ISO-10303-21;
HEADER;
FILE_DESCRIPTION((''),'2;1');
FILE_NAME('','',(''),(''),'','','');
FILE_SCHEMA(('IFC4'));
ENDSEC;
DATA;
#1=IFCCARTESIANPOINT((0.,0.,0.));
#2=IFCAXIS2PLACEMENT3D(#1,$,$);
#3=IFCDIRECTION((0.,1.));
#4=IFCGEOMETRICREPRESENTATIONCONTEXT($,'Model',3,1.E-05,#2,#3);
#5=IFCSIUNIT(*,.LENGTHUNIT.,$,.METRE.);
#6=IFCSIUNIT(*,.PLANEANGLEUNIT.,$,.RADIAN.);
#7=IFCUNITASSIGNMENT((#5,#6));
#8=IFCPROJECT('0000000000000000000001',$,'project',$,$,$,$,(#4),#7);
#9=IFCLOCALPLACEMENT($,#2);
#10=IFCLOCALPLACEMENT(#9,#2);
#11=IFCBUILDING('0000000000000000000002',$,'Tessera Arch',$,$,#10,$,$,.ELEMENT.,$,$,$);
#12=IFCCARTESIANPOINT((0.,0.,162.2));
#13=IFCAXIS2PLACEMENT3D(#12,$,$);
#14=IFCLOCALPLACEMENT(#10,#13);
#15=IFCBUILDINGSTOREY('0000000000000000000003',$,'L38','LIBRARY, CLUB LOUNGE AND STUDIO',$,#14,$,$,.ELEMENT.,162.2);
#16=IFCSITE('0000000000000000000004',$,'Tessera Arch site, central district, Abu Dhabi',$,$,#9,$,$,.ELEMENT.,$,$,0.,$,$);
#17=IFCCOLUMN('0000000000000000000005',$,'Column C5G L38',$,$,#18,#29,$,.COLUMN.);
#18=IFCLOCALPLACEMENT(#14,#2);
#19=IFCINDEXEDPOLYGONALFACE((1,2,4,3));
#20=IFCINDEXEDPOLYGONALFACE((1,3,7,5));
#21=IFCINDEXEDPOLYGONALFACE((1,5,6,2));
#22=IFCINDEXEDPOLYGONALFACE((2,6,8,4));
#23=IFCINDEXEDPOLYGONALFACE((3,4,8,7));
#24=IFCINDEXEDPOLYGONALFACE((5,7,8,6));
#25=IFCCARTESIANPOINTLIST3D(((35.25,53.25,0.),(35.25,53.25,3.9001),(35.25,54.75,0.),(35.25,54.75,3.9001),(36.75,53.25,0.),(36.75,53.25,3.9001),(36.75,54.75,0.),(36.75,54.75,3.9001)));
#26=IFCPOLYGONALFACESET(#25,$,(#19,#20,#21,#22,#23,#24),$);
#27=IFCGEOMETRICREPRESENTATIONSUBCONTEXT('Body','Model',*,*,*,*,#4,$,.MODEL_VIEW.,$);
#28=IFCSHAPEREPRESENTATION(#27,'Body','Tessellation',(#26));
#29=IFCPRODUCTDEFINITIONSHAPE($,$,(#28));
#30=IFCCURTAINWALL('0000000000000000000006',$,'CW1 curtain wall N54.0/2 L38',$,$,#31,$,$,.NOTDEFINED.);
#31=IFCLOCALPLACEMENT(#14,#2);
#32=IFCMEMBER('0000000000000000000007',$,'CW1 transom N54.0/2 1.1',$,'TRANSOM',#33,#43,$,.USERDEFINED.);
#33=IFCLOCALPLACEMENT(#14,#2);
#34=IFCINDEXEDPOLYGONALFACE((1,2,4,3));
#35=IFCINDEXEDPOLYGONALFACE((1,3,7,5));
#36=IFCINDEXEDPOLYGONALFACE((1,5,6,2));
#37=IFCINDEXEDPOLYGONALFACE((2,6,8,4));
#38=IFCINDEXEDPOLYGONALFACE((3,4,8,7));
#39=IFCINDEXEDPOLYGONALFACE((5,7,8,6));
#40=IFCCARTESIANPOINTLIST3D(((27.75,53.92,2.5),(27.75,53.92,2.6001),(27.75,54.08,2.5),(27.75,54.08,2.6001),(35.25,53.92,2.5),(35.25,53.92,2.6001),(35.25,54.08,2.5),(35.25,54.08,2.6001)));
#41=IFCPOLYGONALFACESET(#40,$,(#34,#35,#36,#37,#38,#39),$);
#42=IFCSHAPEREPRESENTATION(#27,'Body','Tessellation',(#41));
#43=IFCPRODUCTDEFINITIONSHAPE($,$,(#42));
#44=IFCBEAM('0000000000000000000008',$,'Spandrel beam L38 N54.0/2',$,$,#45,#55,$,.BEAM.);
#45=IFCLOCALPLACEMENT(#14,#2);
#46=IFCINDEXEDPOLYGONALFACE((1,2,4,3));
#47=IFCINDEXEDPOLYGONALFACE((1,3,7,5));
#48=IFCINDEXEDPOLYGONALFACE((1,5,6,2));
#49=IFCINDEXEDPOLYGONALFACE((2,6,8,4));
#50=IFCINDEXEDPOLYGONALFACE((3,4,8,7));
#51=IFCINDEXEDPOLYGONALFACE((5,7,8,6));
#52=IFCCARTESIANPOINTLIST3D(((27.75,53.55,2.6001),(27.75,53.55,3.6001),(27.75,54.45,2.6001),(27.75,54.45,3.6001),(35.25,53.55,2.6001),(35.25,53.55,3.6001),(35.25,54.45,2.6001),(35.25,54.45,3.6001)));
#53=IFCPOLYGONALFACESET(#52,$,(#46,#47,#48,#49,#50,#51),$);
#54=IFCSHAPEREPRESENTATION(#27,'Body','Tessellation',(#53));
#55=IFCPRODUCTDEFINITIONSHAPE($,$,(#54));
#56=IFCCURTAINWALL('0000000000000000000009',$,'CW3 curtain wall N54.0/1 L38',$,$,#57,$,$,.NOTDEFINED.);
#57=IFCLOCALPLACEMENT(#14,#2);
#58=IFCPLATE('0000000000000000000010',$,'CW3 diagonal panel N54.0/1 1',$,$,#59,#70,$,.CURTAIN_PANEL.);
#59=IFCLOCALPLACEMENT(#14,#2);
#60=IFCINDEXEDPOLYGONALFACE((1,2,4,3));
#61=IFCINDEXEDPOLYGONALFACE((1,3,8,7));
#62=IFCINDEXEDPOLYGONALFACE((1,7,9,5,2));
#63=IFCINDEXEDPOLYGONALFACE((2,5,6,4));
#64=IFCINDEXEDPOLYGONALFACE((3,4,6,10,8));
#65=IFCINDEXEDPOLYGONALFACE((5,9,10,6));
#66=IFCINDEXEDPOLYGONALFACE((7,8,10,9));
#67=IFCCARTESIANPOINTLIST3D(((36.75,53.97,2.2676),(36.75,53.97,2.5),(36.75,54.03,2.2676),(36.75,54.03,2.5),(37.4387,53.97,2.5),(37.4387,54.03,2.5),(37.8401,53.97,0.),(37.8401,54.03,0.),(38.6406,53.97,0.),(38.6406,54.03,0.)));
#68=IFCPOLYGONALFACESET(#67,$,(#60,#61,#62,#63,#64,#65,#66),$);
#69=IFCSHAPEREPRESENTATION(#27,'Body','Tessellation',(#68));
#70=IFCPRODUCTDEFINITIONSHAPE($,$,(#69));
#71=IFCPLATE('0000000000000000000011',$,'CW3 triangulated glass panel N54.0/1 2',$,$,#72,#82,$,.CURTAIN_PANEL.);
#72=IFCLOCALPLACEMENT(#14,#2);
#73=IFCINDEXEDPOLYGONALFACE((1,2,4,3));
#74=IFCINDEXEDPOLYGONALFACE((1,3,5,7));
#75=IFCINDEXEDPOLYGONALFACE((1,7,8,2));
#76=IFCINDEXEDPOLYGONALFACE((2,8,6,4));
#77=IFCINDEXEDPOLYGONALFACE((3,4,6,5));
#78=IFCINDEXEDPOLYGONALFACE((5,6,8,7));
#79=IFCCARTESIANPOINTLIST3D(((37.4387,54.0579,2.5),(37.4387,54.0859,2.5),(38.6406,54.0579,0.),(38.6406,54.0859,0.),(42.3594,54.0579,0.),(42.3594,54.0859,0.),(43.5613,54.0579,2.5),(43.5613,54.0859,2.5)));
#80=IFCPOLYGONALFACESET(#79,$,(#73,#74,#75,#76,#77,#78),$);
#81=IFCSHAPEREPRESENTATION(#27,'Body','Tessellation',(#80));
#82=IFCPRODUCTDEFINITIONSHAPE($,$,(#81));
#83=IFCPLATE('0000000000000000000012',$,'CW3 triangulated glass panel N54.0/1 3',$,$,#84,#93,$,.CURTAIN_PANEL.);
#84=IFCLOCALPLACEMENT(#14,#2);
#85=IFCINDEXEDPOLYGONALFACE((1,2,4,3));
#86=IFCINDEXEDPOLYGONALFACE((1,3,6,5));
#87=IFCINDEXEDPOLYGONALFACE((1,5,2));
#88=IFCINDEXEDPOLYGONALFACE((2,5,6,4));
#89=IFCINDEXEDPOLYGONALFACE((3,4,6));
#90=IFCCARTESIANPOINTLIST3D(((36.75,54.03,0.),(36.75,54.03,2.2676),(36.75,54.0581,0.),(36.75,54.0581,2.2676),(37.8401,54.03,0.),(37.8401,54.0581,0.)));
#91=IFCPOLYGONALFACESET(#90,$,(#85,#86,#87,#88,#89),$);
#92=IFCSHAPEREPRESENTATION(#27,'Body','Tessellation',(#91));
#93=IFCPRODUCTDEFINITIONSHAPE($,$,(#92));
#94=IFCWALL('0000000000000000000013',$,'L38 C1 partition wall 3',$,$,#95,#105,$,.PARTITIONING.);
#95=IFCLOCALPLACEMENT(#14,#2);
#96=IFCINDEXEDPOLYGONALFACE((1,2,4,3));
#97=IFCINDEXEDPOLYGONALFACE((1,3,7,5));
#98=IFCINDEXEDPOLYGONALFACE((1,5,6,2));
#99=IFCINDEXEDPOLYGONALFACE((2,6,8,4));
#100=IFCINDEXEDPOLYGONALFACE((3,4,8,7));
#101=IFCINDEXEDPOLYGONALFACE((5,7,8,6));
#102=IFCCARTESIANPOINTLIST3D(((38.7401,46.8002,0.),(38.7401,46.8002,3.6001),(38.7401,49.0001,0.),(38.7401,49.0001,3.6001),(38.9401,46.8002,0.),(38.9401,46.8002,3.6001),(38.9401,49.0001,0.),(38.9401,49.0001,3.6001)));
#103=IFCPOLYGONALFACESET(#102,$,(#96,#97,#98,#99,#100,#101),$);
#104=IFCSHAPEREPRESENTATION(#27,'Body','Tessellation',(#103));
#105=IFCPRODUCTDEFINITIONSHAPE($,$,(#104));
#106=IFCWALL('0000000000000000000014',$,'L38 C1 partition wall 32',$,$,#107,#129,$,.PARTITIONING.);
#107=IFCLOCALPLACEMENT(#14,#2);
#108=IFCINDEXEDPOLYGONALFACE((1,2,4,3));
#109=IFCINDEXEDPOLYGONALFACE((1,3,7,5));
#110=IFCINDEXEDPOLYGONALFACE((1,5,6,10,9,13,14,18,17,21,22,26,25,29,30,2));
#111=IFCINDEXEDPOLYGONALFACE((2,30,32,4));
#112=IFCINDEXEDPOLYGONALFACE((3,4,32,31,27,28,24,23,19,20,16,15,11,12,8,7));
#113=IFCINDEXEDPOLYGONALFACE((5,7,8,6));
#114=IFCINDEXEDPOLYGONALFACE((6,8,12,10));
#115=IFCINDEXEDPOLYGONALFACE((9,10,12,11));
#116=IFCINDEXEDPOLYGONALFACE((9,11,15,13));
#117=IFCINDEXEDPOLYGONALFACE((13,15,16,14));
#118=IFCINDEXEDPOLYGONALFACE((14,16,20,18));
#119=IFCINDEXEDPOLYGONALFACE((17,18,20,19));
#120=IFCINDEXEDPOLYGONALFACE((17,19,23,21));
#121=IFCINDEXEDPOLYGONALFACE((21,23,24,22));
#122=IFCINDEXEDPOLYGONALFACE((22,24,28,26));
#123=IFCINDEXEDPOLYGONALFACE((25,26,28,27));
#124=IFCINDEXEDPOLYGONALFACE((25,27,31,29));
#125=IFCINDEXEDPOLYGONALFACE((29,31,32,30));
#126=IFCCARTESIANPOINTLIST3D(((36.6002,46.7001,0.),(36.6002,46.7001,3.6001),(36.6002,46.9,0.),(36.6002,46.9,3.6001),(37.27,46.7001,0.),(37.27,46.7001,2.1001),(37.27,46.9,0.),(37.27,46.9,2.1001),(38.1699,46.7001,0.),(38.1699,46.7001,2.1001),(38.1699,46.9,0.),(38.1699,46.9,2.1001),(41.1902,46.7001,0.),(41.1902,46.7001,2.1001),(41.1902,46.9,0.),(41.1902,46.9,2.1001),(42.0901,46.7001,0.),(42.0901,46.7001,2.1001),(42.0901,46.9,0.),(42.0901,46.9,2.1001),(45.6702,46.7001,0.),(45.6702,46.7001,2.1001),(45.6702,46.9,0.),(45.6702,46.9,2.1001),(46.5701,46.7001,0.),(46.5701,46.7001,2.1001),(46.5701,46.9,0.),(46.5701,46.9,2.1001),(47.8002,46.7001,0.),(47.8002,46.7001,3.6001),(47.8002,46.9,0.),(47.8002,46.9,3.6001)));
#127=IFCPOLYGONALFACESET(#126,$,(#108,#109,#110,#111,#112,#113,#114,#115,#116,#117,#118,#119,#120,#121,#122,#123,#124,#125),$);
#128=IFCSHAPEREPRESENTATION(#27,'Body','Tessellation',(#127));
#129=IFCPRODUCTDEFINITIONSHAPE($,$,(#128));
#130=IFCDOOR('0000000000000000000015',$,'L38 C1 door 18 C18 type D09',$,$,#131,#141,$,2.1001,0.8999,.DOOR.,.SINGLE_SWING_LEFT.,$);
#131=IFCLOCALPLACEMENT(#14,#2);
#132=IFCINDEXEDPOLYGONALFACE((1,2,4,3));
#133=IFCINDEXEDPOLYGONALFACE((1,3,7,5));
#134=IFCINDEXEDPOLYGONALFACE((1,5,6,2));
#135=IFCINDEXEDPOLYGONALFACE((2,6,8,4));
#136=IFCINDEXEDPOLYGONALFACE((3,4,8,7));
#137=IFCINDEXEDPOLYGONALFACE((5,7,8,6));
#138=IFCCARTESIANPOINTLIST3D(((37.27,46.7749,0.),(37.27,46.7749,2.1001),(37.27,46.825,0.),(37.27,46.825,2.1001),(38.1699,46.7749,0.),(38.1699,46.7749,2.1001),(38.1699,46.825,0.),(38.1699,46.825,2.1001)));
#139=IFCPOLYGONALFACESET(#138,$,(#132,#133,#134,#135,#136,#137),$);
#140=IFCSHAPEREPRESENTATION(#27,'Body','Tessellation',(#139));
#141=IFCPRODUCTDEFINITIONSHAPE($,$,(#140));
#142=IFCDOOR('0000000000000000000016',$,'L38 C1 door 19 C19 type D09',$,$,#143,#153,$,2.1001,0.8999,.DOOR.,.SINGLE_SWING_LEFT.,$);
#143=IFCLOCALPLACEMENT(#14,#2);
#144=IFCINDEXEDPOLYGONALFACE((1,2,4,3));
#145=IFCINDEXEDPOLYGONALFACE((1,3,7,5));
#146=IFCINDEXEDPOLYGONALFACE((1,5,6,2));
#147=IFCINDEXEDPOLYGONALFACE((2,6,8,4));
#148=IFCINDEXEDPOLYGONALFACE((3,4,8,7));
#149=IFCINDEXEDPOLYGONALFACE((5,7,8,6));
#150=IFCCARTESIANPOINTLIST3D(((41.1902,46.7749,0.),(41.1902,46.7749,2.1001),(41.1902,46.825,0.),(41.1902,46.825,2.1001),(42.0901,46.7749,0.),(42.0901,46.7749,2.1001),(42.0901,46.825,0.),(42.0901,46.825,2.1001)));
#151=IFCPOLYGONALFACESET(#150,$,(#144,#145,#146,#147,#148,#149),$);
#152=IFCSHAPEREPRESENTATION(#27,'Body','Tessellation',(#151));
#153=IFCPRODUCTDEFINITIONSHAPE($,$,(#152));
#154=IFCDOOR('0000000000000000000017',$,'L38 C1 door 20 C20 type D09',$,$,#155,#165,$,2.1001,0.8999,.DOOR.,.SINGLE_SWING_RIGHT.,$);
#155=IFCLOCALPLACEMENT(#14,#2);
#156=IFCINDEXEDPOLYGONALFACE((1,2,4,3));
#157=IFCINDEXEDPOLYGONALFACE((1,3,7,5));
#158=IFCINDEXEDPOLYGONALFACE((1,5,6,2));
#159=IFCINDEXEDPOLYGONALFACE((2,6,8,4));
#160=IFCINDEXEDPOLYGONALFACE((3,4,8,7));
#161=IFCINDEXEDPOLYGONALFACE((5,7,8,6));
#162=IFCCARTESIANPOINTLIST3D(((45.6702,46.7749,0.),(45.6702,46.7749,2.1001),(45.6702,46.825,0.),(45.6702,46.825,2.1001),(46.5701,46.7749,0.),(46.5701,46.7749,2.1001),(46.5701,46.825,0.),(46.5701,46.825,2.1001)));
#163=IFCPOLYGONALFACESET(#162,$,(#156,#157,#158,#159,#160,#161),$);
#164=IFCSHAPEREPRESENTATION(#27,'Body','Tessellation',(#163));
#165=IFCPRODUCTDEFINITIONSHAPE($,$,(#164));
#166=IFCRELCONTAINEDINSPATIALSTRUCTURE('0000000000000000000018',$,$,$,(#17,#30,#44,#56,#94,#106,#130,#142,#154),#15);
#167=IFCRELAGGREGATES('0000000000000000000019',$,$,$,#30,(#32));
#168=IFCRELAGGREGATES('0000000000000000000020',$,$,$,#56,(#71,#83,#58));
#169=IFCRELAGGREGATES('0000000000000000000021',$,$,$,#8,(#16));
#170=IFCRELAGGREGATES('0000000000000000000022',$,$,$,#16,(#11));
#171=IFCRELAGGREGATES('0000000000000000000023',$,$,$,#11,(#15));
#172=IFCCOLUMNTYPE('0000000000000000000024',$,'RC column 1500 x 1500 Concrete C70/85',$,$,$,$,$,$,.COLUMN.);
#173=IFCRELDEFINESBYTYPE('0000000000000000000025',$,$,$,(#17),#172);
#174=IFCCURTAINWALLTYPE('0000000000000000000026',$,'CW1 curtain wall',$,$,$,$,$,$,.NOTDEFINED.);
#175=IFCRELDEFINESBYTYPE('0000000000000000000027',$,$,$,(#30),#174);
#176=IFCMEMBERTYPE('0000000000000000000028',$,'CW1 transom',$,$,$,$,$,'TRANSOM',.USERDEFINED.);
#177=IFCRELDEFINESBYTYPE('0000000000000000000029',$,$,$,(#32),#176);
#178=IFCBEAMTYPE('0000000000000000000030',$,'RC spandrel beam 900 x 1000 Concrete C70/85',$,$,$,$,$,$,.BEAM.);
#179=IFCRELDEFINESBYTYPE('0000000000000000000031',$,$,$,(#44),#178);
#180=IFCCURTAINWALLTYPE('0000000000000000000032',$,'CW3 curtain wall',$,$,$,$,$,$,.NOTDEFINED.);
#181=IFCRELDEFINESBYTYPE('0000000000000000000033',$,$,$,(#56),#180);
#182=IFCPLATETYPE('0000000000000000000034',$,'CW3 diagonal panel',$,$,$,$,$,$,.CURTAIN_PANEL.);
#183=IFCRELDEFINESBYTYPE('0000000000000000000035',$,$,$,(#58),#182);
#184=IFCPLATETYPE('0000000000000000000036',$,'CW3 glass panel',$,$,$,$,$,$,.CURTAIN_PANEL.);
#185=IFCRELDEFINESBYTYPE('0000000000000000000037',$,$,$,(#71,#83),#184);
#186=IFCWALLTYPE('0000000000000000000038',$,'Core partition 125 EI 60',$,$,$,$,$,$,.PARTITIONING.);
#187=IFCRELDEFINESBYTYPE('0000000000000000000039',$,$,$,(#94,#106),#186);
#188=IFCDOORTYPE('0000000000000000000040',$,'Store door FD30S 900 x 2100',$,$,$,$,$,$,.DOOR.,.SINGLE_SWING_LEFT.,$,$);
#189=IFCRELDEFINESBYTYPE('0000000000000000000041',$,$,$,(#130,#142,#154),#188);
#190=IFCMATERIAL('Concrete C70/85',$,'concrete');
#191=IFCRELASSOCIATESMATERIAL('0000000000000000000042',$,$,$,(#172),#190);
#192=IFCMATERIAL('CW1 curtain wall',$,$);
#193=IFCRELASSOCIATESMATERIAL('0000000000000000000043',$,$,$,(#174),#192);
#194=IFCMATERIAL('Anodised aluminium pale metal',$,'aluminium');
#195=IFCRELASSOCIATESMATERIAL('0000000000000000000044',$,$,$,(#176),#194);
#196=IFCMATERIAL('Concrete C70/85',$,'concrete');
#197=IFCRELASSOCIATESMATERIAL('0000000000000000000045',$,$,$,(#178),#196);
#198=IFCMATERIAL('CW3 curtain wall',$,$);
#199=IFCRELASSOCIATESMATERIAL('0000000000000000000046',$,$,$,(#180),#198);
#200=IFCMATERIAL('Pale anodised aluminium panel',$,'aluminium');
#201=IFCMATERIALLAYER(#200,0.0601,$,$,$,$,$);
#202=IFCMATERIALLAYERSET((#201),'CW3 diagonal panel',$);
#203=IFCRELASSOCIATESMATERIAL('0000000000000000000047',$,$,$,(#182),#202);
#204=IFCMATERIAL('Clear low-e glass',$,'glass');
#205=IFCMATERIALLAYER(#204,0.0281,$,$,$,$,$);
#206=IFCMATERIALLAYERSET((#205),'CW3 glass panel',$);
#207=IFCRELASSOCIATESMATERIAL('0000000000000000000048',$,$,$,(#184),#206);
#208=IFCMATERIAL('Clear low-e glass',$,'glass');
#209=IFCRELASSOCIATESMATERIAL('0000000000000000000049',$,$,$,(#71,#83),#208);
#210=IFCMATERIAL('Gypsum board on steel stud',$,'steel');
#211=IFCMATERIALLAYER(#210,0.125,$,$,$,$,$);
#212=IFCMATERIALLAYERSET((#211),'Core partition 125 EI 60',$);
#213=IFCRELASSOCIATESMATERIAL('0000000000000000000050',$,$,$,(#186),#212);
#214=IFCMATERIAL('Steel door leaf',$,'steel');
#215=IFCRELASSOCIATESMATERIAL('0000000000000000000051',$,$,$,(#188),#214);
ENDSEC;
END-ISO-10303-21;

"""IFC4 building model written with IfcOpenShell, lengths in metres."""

from ifc_helpers import new_model, si_unit, direction, frame, frame_2d, origin, origin_2d, place, context, subcontext, project, spatial, polyline, rectangle, outline, extrude, material, layer, layer_set, material_profile, profile_set, type_object, element, fill, aggregate, save


model = new_model("IFC4")

# Units and contexts
model_context = context("Model", 3, precision=1e-05, world=origin(), true_north=direction((0.0, 1.0)))
body_context = subcontext(model_context, "Body", "Model", "MODEL_VIEW")
ifc_project = project(units=[si_unit("LENGTHUNIT", "METRE"), si_unit("PLANEANGLEUNIT", "RADIAN")], contexts=[model_context])

# Site, building, storey
site_placement = place(None, origin())
site = spatial("IfcSite", under=ifc_project, at=site_placement, Name="Tessera Arch site, central district, Abu Dhabi", CompositionType="ELEMENT", RefElevation=0.0)
building_placement = place(site_placement, origin())
building = spatial("IfcBuilding", under=site, at=building_placement, Name="Tessera Arch", CompositionType="ELEMENT")
storey_placement = place(building_placement, frame((0.0, 0.0, 162.2)))
storey = spatial("IfcBuildingStorey", under=building, at=storey_placement, Name="L38", Description="LIBRARY, CLUB LOUNGE AND STUDIO", CompositionType="ELEMENT", Elevation=162.2)

# Column
ifc_material_1 = material(Name="Concrete C70/85", Category="concrete")
ifc_material_profile_1 = material_profile(ifc_material_1, rectangle(XDim=1.5, YDim=1.5, at=origin_2d()), Name="RC column 1500 x 1500 Concrete C70/85")
ifc_profile_set_1 = profile_set([ifc_material_profile_1], Name="Concrete C70/85")
column_type = type_object("IfcColumnType", Name="RC column 1500 x 1500 Concrete C70/85", PredefinedType="COLUMN", material=ifc_profile_set_1)
column_placement = place(storey_placement, frame((36.0, 54.0, 0.0), z_axis=(0.0, 0.0, 1.0), x_axis=(1.0, 0.0, 0.0)))
element("IfcColumn", 1, at=column_placement, inside=storey, type_object=column_type, Name="Column C5G L38", PredefinedType="COLUMN", context=body_context, shape_type="SweptSolid", body=[
    extrude(rectangle(XDim=1.5, YDim=1.5, at=origin_2d()), origin(), (0.0, 0.0, 1.0), 3.9001),
])

# Curtain wall, member
ifc_material_2 = material(Name="CW1 curtain wall")
curtain_wall_type_1 = type_object("IfcCurtainWallType", Name="CW1 curtain wall", PredefinedType="NOTDEFINED", material=ifc_material_2)
curtain_wall_1_placement = place(storey_placement, origin())
curtain_wall_1 = element("IfcCurtainWall", 2, at=curtain_wall_1_placement, inside=storey, type_object=curtain_wall_type_1, Name="CW1 curtain wall N54.0/2 L38", PredefinedType="NOTDEFINED")
ifc_material_3 = material(Name="Anodised aluminium pale metal", Category="aluminium")
ifc_material_profile_2 = material_profile(ifc_material_3, rectangle(XDim=0.1599, YDim=0.1001, at=origin_2d()), Name="AL 160x100")
ifc_profile_set_2 = profile_set([ifc_material_profile_2], Name="Anodised aluminium pale metal")
member_type = type_object("IfcMemberType", Name="CW1 transom", ElementType="TRANSOM", PredefinedType="USERDEFINED", material=ifc_profile_set_2)
member_placement = place(storey_placement, frame((35.25, 54.0, 2.55), z_axis=(-1.0, 0.0, 0.0), x_axis=(0.0, -1.0, 0.0)))
member = element("IfcMember", 3, at=member_placement, type_object=member_type, Name="CW1 transom N54.0/2 1.1", ObjectType="TRANSOM", PredefinedType="USERDEFINED", context=body_context, shape_type="SweptSolid", body=[
    extrude(rectangle(XDim=0.1599, YDim=0.1001, at=origin_2d()), origin(), (0.0, 0.0, 1.0), 7.5),
])
aggregate(curtain_wall_1, [member])

# Beam
ifc_material_4 = material(Name="Concrete C70/85", Category="concrete")
ifc_material_profile_3 = material_profile(ifc_material_4, rectangle(XDim=0.8999, YDim=1.0, at=origin_2d()), Name="RC spandrel beam 900 x 1000 Concrete C70/85")
ifc_profile_set_3 = profile_set([ifc_material_profile_3], Name="Concrete C70/85")
beam_type = type_object("IfcBeamType", Name="RC spandrel beam 900 x 1000 Concrete C70/85", PredefinedType="BEAM", material=ifc_profile_set_3)
beam_placement = place(storey_placement, frame((35.25, 54.0, 3.1001), z_axis=(-1.0, 0.0, 0.0), x_axis=(0.0, -1.0, 0.0)))
element("IfcBeam", 4, at=beam_placement, inside=storey, type_object=beam_type, Name="Spandrel beam L38 N54.0/2", PredefinedType="BEAM", context=body_context, shape_type="SweptSolid", body=[
    extrude(rectangle(XDim=0.8999, YDim=1.0, at=origin_2d()), origin(), (0.0, 0.0, 1.0), 7.5),
])

# Curtain wall, plates
ifc_material_5 = material(Name="CW3 curtain wall")
curtain_wall_type_2 = type_object("IfcCurtainWallType", Name="CW3 curtain wall", PredefinedType="NOTDEFINED", material=ifc_material_5)
curtain_wall_2_placement = place(storey_placement, origin())
curtain_wall_2 = element("IfcCurtainWall", 5, at=curtain_wall_2_placement, inside=storey, type_object=curtain_wall_type_2, Name="CW3 curtain wall N54.0/1 L38", PredefinedType="NOTDEFINED")
ifc_material_6 = material(Name="Pale anodised aluminium panel", Category="aluminium")
ifc_layer_1 = layer(ifc_material_6, 0.0601)
ifc_layer_set_1 = layer_set([ifc_layer_1], Name="CW3 diagonal panel")
plate_type_1 = type_object("IfcPlateType", Name="CW3 diagonal panel", PredefinedType="CURTAIN_PANEL", material=ifc_layer_set_1)
plate_1_placement = place(storey_placement, frame((36.75, 54.03, 2.5), z_axis=(0.0, 1.0, 0.0), x_axis=(1.0, 0.0, 0.0)))
plate_1 = element("IfcPlate", 6, at=plate_1_placement, type_object=plate_type_1, Name="CW3 diagonal panel N54.0/1 1", PredefinedType="CURTAIN_PANEL", context=body_context, shape_type="SweptSolid", body=[
    extrude(outline(polyline([(0.0, 0.0), (0.6887, 0.0), (1.8906, 2.5), (1.0901, 2.5), (0.0, 0.2324), (0.0, 0.0)])), origin(), (0.0, 0.0, -1.0), 0.0601),
])
ifc_material_7 = material(Name="Clear low-e glass", Category="glass")
ifc_material_8 = material(Name="Clear low-e glass", Category="glass")
ifc_layer_2 = layer(ifc_material_8, 0.0281)
ifc_layer_set_2 = layer_set([ifc_layer_2], Name="CW3 glass panel")
plate_type_2 = type_object("IfcPlateType", Name="CW3 glass panel", PredefinedType="CURTAIN_PANEL", material=ifc_layer_set_2)
plate_2_placement = place(storey_placement, frame((37.4387, 54.0859, 2.5), z_axis=(0.0, 1.0, 0.0), x_axis=(1.0, 0.0, 0.0)))
plate_2 = element("IfcPlate", 7, at=plate_2_placement, type_object=plate_type_2, material=ifc_material_7, Name="CW3 triangulated glass panel N54.0/1 2", PredefinedType="CURTAIN_PANEL", context=body_context, shape_type="SweptSolid", body=[
    extrude(outline(polyline([(0.0, 0.0), (6.1226, 0.0), (4.9207, 2.5), (1.2019, 2.5), (0.0, 0.0)])), origin(), (0.0, 0.0, -1.0), 0.0281),
])
plate_3_placement = place(storey_placement, frame((36.75, 54.0581, 0.0), z_axis=(0.0, 1.0, 0.0), x_axis=(0.0, 0.0, 1.0)))
plate_3 = element("IfcPlate", 8, at=plate_3_placement, type_object=plate_type_2, material=ifc_material_7, Name="CW3 triangulated glass panel N54.0/1 3", PredefinedType="CURTAIN_PANEL", context=body_context, shape_type="SweptSolid", body=[
    extrude(outline(polyline([(0.0, 0.0), (2.2676, 0.0), (0.0, 1.0901), (0.0, 0.0)])), origin(), (0.0, 0.0, -1.0), 0.0281),
])
aggregate(curtain_wall_2, [plate_2, plate_3, plate_1])

# Wall
ifc_material_9 = material(Name="Gypsum board on steel stud", Category="steel")
ifc_layer_3 = layer(ifc_material_9, 0.125)
ifc_layer_set_3 = layer_set([ifc_layer_3], Name="Core partition 125 EI 60")
wall_type_1 = type_object("IfcWallType", Name="Core partition 125 EI 60", PredefinedType="PARTITIONING", material=ifc_layer_set_3)
wall_1_placement = place(storey_placement, frame((38.8401, 46.8, 0.0), z_axis=(0.0, 0.0, 1.0), x_axis=(0.0, 1.0, 0.0)))
element("IfcWall", 9, at=wall_1_placement, inside=storey, type_object=wall_type_1, Name="L38 C1 partition wall 3", PredefinedType="PARTITIONING", context=body_context, shape_type="SweptSolid", body=[
    extrude(rectangle(XDim=2.2, YDim=0.2, at=frame_2d((1.1001, 0.0))), origin(), (0.0, 0.0, 1.0), 3.6001),
])

# Wall, openings, doors
wall_2_placement = place(storey_placement, frame((36.6001, 46.8, 0.0), z_axis=(0.0, 0.0, 1.0), x_axis=(1.0, 0.0, 0.0)))
wall_2 = element("IfcWall", 10, at=wall_2_placement, inside=storey, type_object=wall_type_1, Name="L38 C1 partition wall 32", PredefinedType="PARTITIONING", context=body_context, shape_type="SweptSolid", body=[
    extrude(rectangle(XDim=11.2, YDim=0.2, at=frame_2d((5.6001, 0.0))), origin(), (0.0, 0.0, 1.0), 3.6001),
])
opening_1_placement = place(wall_2_placement, frame((0.6699, 0.0, 0.0)))
opening_1 = element("IfcOpeningElement", 11, at=opening_1_placement, cuts=wall_2, PredefinedType="OPENING", context=body_context, shape_type="SweptSolid", body=[
    extrude(rectangle(XDim=0.8999, YDim=2.1001, at=frame_2d((0.45, 1.05))), frame((0.0, 0.1099, 0.0), z_axis=(0.0, -1.0, 0.0), x_axis=(1.0, 0.0, 0.0)), (0.0, 0.0, 1.0), 0.22),
])
opening_2_placement = place(wall_2_placement, frame((4.5901, 0.0, 0.0)))
opening_2 = element("IfcOpeningElement", 12, at=opening_2_placement, cuts=wall_2, PredefinedType="OPENING", context=body_context, shape_type="SweptSolid", body=[
    extrude(rectangle(XDim=0.8999, YDim=2.1001, at=frame_2d((0.45, 1.05))), frame((0.0, 0.1099, 0.0), z_axis=(0.0, -1.0, 0.0), x_axis=(1.0, 0.0, 0.0)), (0.0, 0.0, 1.0), 0.22),
])
opening_3_placement = place(wall_2_placement, frame((9.0701, 0.0, 0.0)))
opening_3 = element("IfcOpeningElement", 13, at=opening_3_placement, cuts=wall_2, PredefinedType="OPENING", context=body_context, shape_type="SweptSolid", body=[
    extrude(rectangle(XDim=0.8999, YDim=2.1001, at=frame_2d((0.45, 1.05))), frame((0.0, 0.1099, 0.0), z_axis=(0.0, -1.0, 0.0), x_axis=(1.0, 0.0, 0.0)), (0.0, 0.0, 1.0), 0.22),
])
ifc_material_10 = material(Name="Steel door leaf", Category="steel")
door_type_1 = type_object("IfcDoorType", Name="Store door FD30S 900 x 2100", OperationType="SINGLE_SWING_LEFT", PredefinedType="DOOR", material=ifc_material_10)
door_1_placement = place(opening_1_placement, origin())
door_1 = element("IfcDoor", 14, at=door_1_placement, inside=storey, type_object=door_type_1, Name="L38 C1 door 18 C18 type D09", OperationType="SINGLE_SWING_LEFT", OverallHeight=2.1001, OverallWidth=0.8999, PredefinedType="DOOR", context=body_context, shape_type="SweptSolid", body=[
    extrude(rectangle(XDim=0.8999, YDim=2.1001, at=frame_2d((0.45, 1.05))), frame((0.0, 0.0249, 0.0), z_axis=(0.0, -1.0, 0.0), x_axis=(1.0, 0.0, 0.0)), (0.0, 0.0, 1.0), 0.05),
])
fill(opening_1, door_1)
door_2_placement = place(opening_2_placement, origin())
door_2 = element("IfcDoor", 15, at=door_2_placement, inside=storey, type_object=door_type_1, Name="L38 C1 door 19 C19 type D09", OperationType="SINGLE_SWING_LEFT", OverallHeight=2.1001, OverallWidth=0.8999, PredefinedType="DOOR", context=body_context, shape_type="SweptSolid", body=[
    extrude(rectangle(XDim=0.8999, YDim=2.1001, at=frame_2d((0.45, 1.05))), frame((0.0, 0.0249, 0.0), z_axis=(0.0, -1.0, 0.0), x_axis=(1.0, 0.0, 0.0)), (0.0, 0.0, 1.0), 0.05),
])
fill(opening_2, door_2)
door_3_placement = place(opening_3_placement, origin())
door_3 = element("IfcDoor", 16, at=door_3_placement, inside=storey, type_object=door_type_1, Name="L38 C1 door 20 C20 type D09", OperationType="SINGLE_SWING_RIGHT", OverallHeight=2.1001, OverallWidth=0.8999, PredefinedType="DOOR", context=body_context, shape_type="SweptSolid", body=[
    extrude(rectangle(XDim=0.8999, YDim=2.1001, at=frame_2d((0.45, 1.05))), frame((0.0, 0.0249, 0.0), z_axis=(0.0, -1.0, 0.0), x_axis=(1.0, 0.0, 0.0)), (0.0, 0.0, 1.0), 0.05),
])
fill(opening_3, door_3)

save(model, "model.ifc")
